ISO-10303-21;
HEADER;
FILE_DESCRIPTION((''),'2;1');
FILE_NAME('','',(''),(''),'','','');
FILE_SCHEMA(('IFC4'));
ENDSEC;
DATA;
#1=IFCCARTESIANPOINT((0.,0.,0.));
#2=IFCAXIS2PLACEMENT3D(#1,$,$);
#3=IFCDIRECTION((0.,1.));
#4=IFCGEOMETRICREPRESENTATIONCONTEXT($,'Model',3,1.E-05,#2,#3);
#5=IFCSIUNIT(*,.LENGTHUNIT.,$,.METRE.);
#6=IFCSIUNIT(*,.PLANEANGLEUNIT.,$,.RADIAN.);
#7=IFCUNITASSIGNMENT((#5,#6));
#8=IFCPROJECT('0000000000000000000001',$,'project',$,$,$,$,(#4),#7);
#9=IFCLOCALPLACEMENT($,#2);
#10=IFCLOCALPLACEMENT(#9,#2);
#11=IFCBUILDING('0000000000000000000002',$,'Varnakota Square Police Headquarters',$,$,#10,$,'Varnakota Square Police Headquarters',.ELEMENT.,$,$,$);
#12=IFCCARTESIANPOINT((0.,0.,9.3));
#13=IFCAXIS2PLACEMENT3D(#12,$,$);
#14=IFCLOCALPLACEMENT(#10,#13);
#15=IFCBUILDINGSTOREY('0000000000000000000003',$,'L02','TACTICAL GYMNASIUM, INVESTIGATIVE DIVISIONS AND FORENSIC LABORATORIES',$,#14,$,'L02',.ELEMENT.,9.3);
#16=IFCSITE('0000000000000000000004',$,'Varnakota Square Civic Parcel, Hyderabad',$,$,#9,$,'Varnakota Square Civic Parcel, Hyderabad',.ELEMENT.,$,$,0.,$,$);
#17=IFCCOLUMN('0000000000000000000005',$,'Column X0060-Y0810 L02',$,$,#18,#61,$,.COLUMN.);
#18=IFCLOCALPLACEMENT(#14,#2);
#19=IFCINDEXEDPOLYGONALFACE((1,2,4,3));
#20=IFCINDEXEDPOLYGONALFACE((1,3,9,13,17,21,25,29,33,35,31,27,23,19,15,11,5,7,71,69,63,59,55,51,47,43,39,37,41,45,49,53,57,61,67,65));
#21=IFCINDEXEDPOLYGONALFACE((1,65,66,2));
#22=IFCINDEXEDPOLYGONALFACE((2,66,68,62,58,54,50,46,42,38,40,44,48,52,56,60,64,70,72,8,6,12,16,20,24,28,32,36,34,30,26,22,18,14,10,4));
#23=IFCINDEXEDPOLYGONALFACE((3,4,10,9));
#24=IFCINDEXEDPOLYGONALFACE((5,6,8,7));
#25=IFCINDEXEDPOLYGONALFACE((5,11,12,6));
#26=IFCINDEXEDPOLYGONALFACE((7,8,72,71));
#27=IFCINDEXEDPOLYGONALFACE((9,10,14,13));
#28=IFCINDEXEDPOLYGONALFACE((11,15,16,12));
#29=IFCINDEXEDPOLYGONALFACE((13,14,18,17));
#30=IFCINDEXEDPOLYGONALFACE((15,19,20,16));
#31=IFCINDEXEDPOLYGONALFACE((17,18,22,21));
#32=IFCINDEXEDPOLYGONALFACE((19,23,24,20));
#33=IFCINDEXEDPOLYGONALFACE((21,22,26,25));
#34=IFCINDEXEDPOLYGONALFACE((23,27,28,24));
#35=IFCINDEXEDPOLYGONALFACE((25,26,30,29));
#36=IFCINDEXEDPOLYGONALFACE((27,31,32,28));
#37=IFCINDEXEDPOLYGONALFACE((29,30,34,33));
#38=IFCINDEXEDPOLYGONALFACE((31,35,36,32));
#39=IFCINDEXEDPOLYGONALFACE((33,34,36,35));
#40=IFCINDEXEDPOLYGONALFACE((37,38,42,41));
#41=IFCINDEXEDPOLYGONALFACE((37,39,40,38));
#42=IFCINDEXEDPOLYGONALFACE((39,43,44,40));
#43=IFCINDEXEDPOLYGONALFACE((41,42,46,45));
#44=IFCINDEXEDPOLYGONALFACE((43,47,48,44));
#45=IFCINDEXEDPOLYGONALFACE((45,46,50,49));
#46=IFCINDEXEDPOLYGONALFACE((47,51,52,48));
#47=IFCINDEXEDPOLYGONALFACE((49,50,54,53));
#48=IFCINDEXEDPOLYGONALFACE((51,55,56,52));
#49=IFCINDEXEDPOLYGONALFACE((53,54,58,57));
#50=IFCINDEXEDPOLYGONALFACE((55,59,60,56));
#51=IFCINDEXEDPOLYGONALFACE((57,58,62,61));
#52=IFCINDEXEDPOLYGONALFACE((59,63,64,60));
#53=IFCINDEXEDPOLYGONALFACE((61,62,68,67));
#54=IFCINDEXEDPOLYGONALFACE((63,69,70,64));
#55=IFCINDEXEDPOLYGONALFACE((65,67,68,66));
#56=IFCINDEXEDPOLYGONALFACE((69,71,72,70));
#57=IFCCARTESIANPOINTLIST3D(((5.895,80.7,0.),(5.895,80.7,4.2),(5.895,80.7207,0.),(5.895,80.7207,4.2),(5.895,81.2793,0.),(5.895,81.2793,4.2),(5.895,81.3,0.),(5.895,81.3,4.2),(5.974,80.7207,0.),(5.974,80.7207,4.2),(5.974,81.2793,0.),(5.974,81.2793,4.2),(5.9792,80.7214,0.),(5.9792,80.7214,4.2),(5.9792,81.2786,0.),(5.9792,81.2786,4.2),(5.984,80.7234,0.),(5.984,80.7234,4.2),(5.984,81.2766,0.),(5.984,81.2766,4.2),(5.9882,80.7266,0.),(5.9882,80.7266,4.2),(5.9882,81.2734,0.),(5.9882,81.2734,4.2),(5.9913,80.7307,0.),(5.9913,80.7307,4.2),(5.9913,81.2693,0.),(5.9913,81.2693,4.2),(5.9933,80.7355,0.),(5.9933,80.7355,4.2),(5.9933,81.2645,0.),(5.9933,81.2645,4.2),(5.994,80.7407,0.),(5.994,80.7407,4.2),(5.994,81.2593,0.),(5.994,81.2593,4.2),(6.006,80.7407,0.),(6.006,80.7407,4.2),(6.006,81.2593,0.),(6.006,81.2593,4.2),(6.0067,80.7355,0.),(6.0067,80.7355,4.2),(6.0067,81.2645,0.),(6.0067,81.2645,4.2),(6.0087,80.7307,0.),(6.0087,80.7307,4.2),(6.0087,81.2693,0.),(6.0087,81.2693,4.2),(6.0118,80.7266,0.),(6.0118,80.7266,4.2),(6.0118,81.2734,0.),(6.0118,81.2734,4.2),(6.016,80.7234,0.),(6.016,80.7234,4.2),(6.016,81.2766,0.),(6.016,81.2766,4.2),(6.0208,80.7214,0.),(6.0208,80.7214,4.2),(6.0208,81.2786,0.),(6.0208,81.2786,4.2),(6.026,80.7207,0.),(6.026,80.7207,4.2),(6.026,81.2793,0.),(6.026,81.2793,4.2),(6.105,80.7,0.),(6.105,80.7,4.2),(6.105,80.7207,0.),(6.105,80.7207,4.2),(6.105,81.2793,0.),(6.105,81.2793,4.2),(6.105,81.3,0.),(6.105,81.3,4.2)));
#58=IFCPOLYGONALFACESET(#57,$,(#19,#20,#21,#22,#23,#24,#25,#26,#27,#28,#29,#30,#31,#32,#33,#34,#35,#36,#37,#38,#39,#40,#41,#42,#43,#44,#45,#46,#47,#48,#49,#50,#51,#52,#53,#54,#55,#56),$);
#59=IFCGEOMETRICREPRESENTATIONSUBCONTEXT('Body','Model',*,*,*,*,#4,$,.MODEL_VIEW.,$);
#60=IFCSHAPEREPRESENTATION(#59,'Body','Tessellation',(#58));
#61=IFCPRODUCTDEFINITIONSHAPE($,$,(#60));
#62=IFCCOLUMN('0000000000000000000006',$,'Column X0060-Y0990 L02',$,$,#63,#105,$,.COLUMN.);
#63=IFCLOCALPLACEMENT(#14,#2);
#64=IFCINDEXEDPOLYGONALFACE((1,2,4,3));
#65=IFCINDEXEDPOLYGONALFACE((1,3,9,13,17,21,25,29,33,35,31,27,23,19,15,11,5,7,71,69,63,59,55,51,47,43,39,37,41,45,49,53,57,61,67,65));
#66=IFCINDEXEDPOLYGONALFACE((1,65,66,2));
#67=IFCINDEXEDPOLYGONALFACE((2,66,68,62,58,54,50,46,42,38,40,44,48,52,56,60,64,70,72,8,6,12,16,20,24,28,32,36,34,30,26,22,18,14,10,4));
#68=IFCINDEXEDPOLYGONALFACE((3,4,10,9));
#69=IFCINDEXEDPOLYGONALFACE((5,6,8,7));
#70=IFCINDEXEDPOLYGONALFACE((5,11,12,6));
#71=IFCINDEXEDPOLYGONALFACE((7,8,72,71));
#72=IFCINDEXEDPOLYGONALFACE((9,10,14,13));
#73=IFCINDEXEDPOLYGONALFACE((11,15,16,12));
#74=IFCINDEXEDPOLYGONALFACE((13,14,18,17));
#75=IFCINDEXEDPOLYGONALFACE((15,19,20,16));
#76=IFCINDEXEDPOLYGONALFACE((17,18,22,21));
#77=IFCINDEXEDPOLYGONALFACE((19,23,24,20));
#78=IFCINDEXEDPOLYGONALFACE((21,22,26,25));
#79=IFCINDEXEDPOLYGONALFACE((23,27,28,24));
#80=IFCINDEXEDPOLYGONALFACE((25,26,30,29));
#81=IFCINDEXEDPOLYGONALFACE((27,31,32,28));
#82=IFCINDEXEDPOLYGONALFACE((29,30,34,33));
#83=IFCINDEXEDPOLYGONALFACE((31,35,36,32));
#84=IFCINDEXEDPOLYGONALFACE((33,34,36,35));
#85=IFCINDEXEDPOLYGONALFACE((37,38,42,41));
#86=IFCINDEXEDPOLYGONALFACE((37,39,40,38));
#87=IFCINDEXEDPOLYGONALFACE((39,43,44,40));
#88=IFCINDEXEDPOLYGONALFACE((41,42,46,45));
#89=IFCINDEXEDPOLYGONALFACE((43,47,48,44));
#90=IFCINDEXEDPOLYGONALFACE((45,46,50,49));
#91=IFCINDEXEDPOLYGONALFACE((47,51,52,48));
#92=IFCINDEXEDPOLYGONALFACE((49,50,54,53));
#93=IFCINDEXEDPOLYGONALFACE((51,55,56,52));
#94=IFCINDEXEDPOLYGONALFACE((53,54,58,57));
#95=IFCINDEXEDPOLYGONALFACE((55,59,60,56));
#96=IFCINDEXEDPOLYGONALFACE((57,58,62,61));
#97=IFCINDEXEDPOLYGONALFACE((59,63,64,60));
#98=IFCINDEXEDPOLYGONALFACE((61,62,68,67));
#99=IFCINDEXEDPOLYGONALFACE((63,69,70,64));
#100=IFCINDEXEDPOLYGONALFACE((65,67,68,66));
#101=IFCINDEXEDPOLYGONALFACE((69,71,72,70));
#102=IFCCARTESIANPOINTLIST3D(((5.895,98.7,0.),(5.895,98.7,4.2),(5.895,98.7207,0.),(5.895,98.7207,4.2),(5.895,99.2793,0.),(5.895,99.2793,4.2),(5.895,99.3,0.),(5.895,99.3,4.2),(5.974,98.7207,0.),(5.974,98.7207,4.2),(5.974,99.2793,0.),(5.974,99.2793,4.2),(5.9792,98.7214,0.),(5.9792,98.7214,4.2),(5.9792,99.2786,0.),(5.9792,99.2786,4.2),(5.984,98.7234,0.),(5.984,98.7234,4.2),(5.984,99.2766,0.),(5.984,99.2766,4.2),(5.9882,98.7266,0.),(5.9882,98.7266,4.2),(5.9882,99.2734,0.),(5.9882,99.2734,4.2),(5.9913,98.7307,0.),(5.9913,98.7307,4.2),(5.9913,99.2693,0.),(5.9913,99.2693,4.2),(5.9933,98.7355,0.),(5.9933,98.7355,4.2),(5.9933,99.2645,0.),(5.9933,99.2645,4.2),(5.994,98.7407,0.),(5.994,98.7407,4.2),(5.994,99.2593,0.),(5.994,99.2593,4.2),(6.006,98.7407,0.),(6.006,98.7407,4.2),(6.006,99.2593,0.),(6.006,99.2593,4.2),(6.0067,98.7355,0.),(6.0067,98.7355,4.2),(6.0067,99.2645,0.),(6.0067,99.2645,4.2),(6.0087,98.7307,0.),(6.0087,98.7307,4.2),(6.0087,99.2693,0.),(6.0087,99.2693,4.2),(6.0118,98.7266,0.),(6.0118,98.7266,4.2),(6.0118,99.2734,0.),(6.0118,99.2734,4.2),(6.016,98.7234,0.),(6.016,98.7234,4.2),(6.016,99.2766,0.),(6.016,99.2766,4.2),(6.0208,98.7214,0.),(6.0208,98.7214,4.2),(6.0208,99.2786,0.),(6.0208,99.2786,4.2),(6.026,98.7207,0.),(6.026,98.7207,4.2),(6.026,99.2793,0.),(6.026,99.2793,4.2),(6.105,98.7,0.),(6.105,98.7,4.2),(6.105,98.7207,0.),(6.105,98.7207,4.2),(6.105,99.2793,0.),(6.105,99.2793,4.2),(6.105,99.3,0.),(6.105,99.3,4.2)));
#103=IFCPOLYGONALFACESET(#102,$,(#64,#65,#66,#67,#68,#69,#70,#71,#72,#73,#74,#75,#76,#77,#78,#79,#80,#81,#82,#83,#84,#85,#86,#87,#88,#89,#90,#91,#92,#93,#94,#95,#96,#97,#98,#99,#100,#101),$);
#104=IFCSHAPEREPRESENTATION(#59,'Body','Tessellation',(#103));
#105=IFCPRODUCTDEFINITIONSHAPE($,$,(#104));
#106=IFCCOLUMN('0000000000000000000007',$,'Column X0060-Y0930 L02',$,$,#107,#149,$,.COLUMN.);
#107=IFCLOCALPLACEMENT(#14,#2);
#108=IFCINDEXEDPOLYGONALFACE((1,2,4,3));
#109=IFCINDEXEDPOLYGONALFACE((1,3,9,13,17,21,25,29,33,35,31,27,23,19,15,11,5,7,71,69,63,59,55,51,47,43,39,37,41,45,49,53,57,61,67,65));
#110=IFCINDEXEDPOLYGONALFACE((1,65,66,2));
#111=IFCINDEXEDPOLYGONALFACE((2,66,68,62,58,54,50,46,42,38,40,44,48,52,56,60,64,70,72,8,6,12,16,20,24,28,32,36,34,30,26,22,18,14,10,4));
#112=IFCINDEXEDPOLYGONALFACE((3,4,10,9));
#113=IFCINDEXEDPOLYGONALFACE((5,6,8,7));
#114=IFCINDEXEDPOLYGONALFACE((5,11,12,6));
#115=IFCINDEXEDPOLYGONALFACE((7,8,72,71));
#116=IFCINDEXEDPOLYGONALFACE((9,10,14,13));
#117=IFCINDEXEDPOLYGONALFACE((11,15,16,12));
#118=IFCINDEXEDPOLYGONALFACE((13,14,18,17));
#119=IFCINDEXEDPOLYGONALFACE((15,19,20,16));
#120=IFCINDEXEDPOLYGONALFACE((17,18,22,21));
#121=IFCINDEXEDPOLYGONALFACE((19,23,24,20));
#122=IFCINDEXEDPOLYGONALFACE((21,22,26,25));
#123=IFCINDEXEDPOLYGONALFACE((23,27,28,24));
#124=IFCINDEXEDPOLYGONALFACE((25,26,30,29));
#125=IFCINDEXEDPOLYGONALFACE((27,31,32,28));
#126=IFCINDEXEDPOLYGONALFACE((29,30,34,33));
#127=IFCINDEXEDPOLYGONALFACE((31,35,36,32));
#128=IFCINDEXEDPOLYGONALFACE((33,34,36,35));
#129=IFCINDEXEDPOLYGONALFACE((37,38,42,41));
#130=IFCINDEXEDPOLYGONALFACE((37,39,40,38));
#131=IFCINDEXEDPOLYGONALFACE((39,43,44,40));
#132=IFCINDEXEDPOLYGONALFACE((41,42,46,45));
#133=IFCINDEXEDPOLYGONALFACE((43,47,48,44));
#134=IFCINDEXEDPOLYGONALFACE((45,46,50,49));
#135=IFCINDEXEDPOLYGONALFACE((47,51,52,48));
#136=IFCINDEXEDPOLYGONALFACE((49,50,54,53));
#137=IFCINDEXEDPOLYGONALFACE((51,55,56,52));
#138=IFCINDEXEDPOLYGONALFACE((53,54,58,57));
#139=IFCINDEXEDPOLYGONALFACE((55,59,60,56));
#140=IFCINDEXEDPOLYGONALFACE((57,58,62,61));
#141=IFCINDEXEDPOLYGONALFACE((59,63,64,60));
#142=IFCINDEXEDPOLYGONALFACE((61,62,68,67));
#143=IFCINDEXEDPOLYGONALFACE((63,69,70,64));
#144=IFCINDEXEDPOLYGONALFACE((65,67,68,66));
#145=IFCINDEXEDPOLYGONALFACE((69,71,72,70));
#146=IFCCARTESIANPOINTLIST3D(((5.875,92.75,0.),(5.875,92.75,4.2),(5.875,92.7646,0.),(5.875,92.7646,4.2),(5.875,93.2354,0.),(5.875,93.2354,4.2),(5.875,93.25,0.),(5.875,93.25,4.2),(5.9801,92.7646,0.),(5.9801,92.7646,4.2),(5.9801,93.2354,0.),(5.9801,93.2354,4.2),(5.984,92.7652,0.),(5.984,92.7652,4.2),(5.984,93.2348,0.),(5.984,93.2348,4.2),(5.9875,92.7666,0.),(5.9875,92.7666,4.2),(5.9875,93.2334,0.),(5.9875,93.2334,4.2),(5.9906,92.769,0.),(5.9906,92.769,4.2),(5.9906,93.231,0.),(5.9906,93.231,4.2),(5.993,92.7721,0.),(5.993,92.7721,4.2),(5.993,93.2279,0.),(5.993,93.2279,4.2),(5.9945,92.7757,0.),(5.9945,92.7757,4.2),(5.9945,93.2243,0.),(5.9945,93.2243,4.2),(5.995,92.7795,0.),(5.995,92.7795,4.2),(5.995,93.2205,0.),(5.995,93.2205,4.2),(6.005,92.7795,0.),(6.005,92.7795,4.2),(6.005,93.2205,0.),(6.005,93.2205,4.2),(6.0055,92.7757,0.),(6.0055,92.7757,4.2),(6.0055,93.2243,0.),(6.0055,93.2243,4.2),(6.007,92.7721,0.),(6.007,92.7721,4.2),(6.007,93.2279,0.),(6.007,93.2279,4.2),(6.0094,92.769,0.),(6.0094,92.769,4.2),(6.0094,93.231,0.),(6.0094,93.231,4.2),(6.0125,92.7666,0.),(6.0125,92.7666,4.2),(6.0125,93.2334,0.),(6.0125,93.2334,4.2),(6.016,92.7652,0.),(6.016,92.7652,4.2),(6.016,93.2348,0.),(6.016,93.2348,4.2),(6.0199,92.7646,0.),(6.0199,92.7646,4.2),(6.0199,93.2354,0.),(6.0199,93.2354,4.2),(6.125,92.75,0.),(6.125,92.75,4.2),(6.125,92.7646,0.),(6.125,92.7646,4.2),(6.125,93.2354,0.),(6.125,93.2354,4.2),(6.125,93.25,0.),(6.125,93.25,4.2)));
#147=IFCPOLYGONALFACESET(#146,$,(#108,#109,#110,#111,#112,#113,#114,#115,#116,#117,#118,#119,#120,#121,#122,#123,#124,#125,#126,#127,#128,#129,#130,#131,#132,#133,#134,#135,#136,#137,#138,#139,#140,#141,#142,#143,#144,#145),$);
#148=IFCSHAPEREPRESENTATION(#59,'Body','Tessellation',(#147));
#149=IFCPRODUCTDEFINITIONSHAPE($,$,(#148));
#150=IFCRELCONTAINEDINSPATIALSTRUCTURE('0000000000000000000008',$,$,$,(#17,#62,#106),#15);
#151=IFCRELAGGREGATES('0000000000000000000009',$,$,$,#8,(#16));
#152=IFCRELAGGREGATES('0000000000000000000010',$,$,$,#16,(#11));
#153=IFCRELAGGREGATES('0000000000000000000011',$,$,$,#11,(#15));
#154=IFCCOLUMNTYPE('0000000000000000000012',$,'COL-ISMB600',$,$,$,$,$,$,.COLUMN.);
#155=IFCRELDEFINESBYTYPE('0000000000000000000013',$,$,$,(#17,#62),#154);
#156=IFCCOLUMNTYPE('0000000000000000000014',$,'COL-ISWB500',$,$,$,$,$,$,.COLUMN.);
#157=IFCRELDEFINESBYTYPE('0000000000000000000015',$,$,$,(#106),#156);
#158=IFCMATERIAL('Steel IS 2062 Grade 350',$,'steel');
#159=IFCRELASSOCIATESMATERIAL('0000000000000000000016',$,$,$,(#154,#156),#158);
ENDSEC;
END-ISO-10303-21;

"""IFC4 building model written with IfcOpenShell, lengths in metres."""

from ifc_helpers import new_model, si_unit, direction, frame, origin, origin_2d, place, context, subcontext, project, spatial, i_section, extrude, material, material_profile, profile_set, type_object, element, save


model = new_model("IFC4")

# Units and contexts
model_context = context("Model", 3, precision=1e-05, world=origin(), true_north=direction((0.0, 1.0)))
body_context = subcontext(model_context, "Body", "Model", "MODEL_VIEW")
ifc_project = project(units=[si_unit("LENGTHUNIT", "METRE"), si_unit("PLANEANGLEUNIT", "RADIAN")], contexts=[model_context])

# Site, building, storey
site_placement = place(None, origin())
site = spatial("IfcSite", under=ifc_project, at=site_placement, Name="Varnakota Square Civic Parcel, Hyderabad", LongName="Varnakota Square Civic Parcel, Hyderabad", CompositionType="ELEMENT", RefElevation=0.0)
building_placement = place(site_placement, origin())
building = spatial("IfcBuilding", under=site, at=building_placement, Name="Varnakota Square Police Headquarters", LongName="Varnakota Square Police Headquarters", CompositionType="ELEMENT")
storey_placement = place(building_placement, frame((0.0, 0.0, 9.3)))
storey = spatial("IfcBuildingStorey", under=building, at=storey_placement, Name="L02", Description="TACTICAL GYMNASIUM, INVESTIGATIVE DIVISIONS AND FORENSIC LABORATORIES", LongName="L02", CompositionType="ELEMENT", Elevation=9.3)

# Columns
ifc_material_1 = material(Name="Steel IS 2062 Grade 350", Category="steel")
ifc_material_profile_1 = material_profile(ifc_material_1, i_section(OverallWidth=0.21, OverallDepth=0.6001, WebThickness=0.012, FlangeThickness=0.0208, FilletRadius=0.02, at=origin_2d()), Name="ISMB 600")
ifc_profile_set_1 = profile_set([ifc_material_profile_1], Name="Steel IS 2062 Grade 350")
column_type_1 = type_object("IfcColumnType", Name="COL-ISMB600", PredefinedType="COLUMN", material=ifc_profile_set_1)
for number, where, z_axis, x_axis, name in (
    (1, (6.0, 81.0, 0.0), (0.0, 0.0, 1.0), (1.0, 0.0, 0.0), "Column X0060-Y0810 L02"),
    (2, (6.0, 99.0, 0.0), (0.0, 0.0, 1.0), (1.0, 0.0, 0.0), "Column X0060-Y0990 L02"),
):
    element("IfcColumn", number, at=place(storey_placement, frame(where, z_axis=z_axis, x_axis=x_axis)), inside=storey, type_object=column_type_1, Name=name, PredefinedType="COLUMN", context=body_context, shape_type="SweptSolid", body=[
        extrude(i_section(OverallWidth=0.21, OverallDepth=0.6001, WebThickness=0.012, FlangeThickness=0.0208, FilletRadius=0.02, at=origin_2d()), origin(), (0.0, 0.0, 1.0), 4.2),
    ])
ifc_material_profile_2 = material_profile(ifc_material_1, i_section(OverallWidth=0.25, OverallDepth=0.5, WebThickness=0.01, FlangeThickness=0.0146, FilletRadius=0.0149, at=origin_2d()), Name="ISWB 500")
ifc_profile_set_2 = profile_set([ifc_material_profile_2], Name="Steel IS 2062 Grade 350")
column_type_2 = type_object("IfcColumnType", Name="COL-ISWB500", PredefinedType="COLUMN", material=ifc_profile_set_2)
column_placement = place(storey_placement, frame((6.0, 93.0, 0.0), z_axis=(0.0, 0.0, 1.0), x_axis=(1.0, 0.0, 0.0)))
element("IfcColumn", 3, at=column_placement, inside=storey, type_object=column_type_2, Name="Column X0060-Y0930 L02", PredefinedType="COLUMN", context=body_context, shape_type="SweptSolid", body=[
    extrude(i_section(OverallWidth=0.25, OverallDepth=0.5, WebThickness=0.01, FlangeThickness=0.0146, FilletRadius=0.0149, at=origin_2d()), origin(), (0.0, 0.0, 1.0), 4.2),
])

save(model, "model.ifc")
